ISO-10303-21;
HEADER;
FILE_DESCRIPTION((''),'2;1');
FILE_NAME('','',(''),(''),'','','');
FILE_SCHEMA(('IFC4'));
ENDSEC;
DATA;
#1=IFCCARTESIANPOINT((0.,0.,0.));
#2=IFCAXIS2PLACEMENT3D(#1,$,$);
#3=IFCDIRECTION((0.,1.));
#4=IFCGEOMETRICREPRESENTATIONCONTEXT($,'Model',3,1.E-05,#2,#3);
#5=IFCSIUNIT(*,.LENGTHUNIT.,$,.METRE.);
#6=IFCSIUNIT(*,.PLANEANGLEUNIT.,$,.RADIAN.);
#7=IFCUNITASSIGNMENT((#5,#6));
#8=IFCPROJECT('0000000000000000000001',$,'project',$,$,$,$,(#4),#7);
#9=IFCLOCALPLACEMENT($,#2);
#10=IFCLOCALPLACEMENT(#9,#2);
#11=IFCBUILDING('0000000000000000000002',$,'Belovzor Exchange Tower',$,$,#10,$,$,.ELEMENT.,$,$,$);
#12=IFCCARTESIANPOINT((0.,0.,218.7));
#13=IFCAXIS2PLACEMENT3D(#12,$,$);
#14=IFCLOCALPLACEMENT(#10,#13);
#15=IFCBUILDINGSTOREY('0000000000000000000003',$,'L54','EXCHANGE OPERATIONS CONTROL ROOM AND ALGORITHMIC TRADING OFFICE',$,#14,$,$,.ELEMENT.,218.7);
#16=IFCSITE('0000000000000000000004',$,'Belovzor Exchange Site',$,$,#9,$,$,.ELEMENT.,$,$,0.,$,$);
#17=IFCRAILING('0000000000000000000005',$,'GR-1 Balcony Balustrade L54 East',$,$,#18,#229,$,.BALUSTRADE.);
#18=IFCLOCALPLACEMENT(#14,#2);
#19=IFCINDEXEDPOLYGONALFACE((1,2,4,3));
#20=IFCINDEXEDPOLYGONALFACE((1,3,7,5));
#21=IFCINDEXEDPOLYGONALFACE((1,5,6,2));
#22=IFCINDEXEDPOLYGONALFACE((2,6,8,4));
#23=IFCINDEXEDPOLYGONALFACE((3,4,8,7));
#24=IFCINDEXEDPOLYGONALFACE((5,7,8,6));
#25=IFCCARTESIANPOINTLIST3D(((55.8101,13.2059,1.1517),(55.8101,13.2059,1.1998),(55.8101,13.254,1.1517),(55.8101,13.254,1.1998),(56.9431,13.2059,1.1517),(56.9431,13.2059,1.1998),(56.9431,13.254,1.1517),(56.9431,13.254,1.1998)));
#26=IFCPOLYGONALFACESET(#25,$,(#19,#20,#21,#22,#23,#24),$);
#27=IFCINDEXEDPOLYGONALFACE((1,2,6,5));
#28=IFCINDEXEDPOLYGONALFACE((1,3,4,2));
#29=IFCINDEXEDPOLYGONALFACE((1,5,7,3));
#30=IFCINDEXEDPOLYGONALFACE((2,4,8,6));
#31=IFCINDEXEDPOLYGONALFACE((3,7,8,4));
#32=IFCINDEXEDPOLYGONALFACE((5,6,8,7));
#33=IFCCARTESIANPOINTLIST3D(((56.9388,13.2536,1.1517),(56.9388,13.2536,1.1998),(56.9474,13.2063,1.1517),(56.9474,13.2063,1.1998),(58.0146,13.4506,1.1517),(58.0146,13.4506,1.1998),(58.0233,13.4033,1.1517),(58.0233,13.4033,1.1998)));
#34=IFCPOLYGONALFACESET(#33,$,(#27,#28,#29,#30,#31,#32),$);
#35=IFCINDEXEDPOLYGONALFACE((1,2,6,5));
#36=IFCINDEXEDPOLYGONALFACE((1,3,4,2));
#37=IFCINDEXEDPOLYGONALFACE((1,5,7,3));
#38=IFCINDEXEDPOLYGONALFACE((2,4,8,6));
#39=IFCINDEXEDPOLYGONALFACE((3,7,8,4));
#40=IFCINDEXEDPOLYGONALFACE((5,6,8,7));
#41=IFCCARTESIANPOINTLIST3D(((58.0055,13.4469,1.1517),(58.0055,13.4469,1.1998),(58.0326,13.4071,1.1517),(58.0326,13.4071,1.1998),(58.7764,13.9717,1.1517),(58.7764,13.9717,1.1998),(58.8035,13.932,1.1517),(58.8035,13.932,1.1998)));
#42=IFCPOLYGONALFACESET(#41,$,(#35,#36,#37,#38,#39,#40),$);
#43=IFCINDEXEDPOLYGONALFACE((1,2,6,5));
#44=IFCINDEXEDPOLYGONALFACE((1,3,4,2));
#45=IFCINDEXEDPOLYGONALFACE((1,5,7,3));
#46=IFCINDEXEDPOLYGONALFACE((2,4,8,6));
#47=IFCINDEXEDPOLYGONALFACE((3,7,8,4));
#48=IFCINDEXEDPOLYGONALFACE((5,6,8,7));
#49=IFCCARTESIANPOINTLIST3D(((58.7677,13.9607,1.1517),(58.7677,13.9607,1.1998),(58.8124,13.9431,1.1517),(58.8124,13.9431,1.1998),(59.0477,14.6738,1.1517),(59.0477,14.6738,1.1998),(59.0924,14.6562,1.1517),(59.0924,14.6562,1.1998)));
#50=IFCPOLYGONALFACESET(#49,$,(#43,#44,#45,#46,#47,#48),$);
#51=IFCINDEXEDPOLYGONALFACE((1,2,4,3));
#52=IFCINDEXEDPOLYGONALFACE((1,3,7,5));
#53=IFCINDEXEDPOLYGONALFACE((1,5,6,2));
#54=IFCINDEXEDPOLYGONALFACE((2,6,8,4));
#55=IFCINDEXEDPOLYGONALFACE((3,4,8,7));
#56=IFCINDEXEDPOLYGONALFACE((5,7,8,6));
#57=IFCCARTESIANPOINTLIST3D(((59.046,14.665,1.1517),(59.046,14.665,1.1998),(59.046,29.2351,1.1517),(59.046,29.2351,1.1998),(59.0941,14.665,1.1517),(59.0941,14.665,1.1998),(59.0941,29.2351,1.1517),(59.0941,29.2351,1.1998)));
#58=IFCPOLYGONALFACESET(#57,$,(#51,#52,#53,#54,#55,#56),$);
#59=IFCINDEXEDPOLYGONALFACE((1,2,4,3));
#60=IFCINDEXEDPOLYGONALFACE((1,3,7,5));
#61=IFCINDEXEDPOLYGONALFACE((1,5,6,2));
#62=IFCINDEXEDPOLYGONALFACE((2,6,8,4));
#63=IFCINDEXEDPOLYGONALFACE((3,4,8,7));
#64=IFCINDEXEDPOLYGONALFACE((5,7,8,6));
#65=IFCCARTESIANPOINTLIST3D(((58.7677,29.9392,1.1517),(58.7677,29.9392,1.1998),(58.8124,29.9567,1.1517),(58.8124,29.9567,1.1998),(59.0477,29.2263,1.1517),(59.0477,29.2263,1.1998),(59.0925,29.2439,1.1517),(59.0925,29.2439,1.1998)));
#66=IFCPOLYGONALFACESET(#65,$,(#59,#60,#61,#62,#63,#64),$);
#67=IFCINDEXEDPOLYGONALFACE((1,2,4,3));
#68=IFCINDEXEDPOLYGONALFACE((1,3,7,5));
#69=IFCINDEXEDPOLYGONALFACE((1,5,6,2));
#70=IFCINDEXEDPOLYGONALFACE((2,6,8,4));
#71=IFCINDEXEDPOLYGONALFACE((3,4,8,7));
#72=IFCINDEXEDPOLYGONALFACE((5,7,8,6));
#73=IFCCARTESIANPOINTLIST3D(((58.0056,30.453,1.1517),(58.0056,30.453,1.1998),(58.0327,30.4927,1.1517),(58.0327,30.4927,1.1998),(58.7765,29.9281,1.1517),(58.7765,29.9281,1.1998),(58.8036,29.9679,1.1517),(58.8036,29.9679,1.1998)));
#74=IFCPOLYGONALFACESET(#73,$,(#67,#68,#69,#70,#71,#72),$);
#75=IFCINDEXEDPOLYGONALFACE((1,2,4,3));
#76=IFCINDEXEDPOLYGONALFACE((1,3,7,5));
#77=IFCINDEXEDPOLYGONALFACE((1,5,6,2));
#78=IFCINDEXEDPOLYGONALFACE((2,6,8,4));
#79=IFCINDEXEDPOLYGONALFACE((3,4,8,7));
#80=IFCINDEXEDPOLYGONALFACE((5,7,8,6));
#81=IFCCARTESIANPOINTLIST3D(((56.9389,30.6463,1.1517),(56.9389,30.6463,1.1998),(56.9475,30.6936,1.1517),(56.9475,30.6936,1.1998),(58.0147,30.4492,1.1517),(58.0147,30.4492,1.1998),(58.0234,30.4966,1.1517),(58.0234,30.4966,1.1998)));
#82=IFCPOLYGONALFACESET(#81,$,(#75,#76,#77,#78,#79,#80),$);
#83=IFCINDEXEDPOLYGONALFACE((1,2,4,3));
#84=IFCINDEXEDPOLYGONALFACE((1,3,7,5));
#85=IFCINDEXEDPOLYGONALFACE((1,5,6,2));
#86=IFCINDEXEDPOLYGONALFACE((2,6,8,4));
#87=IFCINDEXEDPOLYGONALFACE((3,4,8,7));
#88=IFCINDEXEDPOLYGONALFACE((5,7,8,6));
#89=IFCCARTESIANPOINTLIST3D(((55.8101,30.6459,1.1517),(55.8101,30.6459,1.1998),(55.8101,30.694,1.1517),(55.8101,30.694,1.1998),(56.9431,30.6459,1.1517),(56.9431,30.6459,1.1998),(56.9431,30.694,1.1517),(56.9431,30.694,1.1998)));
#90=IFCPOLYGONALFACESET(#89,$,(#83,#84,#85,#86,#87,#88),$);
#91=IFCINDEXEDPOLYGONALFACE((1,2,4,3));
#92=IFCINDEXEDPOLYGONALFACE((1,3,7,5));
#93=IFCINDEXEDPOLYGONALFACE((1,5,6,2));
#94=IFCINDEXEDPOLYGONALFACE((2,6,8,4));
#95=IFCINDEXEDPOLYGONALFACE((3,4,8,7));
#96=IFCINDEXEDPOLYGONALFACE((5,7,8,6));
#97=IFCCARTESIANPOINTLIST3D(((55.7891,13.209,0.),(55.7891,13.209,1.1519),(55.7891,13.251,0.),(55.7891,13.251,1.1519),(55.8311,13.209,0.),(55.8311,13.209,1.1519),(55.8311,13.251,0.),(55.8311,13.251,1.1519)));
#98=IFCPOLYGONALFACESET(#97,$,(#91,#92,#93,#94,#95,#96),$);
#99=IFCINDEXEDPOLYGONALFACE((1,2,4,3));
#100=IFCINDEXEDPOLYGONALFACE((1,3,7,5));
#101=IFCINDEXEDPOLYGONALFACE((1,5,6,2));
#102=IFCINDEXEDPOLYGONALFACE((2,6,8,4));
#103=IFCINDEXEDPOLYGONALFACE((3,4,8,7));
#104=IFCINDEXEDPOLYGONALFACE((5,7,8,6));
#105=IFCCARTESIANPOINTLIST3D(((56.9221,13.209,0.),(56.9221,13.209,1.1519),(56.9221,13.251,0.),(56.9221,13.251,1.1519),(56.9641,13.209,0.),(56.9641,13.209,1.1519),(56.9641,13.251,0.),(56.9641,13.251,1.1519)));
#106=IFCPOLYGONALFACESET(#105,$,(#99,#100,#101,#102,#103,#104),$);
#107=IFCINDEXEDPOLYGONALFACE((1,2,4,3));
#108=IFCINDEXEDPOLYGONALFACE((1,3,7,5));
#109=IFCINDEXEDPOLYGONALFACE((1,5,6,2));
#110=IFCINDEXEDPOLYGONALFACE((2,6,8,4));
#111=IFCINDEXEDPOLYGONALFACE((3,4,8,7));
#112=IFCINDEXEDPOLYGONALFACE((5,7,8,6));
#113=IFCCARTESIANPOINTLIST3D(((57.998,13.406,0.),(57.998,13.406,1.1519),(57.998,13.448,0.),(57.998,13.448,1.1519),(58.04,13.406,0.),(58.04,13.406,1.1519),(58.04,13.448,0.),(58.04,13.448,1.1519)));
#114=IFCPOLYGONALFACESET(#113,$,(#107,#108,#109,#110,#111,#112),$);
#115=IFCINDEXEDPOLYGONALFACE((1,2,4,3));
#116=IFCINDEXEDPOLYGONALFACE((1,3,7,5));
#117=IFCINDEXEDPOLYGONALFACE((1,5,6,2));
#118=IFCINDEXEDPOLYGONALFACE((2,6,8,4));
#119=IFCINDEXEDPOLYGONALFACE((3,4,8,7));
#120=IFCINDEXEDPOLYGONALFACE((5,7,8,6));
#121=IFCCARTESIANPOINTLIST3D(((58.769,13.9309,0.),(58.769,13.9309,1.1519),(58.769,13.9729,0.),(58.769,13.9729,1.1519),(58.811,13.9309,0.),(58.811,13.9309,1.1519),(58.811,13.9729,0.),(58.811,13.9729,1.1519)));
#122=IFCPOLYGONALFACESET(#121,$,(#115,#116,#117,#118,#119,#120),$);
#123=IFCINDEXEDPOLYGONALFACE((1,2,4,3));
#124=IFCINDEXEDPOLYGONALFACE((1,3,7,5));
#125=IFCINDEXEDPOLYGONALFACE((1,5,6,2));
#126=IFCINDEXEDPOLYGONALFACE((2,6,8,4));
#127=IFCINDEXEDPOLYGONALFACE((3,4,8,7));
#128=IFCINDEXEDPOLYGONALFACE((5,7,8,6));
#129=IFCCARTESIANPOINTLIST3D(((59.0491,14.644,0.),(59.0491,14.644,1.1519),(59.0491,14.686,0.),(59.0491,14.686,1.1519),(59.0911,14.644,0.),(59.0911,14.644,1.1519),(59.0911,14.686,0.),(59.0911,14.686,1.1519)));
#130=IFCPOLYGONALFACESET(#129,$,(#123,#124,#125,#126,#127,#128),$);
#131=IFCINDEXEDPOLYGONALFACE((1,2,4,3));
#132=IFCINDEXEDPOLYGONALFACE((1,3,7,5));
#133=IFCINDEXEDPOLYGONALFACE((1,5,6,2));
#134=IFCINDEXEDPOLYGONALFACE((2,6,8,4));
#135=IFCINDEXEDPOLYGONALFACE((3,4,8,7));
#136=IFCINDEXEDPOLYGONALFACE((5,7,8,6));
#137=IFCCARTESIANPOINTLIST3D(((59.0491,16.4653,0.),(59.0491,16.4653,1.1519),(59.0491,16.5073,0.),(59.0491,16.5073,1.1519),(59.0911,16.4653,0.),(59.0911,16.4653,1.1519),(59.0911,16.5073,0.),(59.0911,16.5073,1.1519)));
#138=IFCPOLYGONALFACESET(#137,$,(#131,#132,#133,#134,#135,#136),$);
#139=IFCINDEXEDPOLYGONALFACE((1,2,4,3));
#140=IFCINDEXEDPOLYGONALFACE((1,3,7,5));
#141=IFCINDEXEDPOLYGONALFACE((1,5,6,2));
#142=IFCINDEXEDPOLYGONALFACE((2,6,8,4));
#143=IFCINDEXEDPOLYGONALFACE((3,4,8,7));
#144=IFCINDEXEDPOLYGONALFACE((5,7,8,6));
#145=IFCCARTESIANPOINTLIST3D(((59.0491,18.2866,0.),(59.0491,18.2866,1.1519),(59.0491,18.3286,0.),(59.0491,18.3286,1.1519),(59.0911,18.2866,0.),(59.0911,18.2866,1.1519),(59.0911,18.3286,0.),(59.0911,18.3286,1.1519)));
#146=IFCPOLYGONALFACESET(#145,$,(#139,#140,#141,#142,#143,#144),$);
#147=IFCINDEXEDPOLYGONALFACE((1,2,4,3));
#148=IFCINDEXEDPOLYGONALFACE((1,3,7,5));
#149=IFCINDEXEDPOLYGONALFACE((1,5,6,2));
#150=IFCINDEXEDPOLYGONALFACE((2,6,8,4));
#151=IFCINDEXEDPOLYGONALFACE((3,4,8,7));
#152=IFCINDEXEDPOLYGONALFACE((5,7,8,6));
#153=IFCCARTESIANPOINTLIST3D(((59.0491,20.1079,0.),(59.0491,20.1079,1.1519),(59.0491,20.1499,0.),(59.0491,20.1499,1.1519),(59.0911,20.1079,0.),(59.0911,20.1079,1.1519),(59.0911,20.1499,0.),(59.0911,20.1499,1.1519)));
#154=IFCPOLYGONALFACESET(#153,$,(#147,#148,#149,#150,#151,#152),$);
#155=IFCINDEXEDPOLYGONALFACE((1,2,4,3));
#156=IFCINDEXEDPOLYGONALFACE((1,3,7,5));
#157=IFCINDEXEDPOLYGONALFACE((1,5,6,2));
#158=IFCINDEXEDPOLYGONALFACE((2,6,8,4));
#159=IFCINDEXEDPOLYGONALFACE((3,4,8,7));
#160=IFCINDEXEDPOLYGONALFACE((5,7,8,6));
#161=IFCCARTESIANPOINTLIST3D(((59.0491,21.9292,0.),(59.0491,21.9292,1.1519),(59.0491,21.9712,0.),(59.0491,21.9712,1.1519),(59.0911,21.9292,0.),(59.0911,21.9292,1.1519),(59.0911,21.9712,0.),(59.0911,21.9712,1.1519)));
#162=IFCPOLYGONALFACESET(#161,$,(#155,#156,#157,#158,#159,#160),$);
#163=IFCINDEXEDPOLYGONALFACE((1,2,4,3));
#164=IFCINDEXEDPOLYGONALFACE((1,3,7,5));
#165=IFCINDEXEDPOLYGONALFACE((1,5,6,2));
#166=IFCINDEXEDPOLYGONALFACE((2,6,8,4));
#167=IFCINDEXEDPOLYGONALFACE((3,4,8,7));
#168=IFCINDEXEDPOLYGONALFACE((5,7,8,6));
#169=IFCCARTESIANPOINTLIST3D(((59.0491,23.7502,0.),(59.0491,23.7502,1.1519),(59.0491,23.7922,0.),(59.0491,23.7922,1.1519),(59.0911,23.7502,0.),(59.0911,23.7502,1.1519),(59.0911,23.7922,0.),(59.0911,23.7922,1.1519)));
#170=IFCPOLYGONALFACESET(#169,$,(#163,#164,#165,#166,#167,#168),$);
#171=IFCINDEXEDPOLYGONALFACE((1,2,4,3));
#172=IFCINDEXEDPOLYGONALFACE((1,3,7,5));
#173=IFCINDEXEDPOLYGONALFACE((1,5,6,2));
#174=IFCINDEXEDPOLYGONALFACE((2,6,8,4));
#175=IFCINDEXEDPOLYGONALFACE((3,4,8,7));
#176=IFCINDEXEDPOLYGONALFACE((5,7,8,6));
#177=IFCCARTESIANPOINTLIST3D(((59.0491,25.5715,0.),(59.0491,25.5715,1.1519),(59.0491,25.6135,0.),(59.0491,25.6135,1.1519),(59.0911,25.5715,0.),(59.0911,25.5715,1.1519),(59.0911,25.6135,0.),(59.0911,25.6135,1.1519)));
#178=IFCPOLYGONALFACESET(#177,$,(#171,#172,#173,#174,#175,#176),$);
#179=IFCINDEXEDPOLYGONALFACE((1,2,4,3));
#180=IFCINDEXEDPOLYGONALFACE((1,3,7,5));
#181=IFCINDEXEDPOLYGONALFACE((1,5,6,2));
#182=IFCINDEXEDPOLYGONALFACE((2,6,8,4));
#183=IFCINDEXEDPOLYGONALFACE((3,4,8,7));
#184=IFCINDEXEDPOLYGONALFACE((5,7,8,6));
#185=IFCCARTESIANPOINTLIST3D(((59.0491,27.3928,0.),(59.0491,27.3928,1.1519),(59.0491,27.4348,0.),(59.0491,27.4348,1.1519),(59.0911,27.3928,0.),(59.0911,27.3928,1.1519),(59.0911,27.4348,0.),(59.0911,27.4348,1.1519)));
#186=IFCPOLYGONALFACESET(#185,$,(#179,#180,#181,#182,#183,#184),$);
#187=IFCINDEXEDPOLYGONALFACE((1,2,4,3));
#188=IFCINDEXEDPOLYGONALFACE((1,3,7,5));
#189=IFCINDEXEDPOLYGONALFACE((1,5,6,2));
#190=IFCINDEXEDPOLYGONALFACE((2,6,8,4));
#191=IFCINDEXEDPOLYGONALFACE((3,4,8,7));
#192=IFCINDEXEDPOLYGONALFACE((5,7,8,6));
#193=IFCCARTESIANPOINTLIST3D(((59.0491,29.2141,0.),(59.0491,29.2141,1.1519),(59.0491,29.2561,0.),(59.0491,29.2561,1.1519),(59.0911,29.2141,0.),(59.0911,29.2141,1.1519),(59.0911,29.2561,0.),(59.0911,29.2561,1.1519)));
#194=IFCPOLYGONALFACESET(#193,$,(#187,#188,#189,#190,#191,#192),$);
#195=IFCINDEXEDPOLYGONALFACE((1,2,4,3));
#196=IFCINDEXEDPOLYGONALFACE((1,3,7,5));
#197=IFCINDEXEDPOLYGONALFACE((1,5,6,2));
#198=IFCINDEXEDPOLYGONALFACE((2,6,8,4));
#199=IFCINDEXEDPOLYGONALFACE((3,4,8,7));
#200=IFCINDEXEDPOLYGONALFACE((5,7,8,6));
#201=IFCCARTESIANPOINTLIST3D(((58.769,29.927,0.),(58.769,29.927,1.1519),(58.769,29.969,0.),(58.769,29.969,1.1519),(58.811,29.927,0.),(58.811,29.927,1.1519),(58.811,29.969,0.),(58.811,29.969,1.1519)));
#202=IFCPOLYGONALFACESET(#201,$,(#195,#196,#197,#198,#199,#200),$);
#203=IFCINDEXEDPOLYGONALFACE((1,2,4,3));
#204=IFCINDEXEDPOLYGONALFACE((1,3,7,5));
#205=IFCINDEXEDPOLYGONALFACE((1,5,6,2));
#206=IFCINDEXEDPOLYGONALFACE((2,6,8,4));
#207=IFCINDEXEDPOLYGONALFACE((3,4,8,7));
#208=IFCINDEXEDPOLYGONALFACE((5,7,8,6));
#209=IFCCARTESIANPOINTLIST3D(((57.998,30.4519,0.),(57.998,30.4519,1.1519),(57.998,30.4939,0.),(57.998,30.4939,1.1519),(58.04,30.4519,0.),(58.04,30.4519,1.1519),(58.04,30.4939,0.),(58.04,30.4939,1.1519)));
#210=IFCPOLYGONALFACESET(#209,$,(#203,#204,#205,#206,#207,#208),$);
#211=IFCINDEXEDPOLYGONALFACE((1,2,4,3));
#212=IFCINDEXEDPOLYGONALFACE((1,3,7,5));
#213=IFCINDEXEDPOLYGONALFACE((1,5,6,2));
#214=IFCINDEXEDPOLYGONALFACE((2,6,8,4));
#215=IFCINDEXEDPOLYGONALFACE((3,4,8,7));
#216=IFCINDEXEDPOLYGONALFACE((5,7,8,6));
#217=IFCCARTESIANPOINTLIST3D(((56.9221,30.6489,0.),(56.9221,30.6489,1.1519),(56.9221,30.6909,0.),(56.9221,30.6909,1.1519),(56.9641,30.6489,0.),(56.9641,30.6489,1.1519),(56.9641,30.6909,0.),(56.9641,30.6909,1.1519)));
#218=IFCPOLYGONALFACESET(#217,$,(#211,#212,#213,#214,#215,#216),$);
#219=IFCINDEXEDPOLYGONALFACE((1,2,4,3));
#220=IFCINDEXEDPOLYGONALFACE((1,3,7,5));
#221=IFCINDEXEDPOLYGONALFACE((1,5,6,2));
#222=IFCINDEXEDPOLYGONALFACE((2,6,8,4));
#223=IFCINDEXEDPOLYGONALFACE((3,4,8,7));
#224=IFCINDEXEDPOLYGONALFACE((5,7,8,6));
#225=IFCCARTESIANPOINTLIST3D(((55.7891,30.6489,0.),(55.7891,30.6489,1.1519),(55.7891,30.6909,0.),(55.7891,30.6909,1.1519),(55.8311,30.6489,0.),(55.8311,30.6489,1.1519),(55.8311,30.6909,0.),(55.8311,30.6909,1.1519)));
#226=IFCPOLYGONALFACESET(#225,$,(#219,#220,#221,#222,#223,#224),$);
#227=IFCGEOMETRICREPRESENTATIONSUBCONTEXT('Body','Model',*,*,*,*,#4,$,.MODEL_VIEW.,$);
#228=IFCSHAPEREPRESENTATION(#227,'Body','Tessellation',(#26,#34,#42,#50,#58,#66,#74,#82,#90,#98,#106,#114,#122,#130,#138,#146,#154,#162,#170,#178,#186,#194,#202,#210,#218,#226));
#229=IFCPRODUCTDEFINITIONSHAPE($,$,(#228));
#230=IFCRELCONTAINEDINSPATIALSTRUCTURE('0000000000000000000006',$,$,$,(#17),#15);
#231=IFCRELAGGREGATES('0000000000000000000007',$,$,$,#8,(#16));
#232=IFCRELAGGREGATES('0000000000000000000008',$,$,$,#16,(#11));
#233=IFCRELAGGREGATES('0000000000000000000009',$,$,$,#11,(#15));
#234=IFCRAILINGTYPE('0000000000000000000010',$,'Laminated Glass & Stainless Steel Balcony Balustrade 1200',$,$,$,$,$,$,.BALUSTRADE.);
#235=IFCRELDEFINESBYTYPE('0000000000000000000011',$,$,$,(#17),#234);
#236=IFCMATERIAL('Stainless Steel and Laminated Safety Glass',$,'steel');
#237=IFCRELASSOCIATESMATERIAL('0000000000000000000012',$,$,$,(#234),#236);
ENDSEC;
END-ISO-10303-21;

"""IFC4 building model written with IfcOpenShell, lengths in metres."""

from ifc_helpers import new_model, si_unit, direction, frame, origin, origin_2d, place, context, subcontext, project, spatial, rectangle, extrude, material, type_object, element, save


model = new_model("IFC4")

# Units and contexts
model_context = context("Model", 3, precision=1e-05, world=origin(), true_north=direction((0.0, 1.0)))
body_context = subcontext(model_context, "Body", "Model", "MODEL_VIEW")
ifc_project = project(units=[si_unit("LENGTHUNIT", "METRE"), si_unit("PLANEANGLEUNIT", "RADIAN")], contexts=[model_context])

# Site, building, storey
site_placement = place(None, origin())
site = spatial("IfcSite", under=ifc_project, at=site_placement, Name="Belovzor Exchange Site", CompositionType="ELEMENT", RefElevation=0.0)
building_placement = place(site_placement, origin())
building = spatial("IfcBuilding", under=site, at=building_placement, Name="Belovzor Exchange Tower", CompositionType="ELEMENT")
storey_placement = place(building_placement, frame((0.0, 0.0, 218.7)))
storey = spatial("IfcBuildingStorey", under=building, at=storey_placement, Name="L54", Description="EXCHANGE OPERATIONS CONTROL ROOM AND ALGORITHMIC TRADING OFFICE", CompositionType="ELEMENT", Elevation=218.7)

# Railing
ifc_material_1 = material(Name="Stainless Steel and Laminated Safety Glass", Category="steel")
railing_type = type_object("IfcRailingType", Name="Laminated Glass & Stainless Steel Balcony Balustrade 1200", PredefinedType="BALUSTRADE", material=ifc_material_1)
railing_placement = place(storey_placement, frame((55.8101, 13.23, 0.0)))
element("IfcRailing", 1, at=railing_placement, inside=storey, type_object=railing_type, Name="GR-1 Balcony Balustrade L54 East", PredefinedType="BALUSTRADE", context=body_context, shape_type="SweptSolid", body=[
    extrude(rectangle(XDim=0.0481, YDim=0.0481, at=origin_2d()), frame((0.0, 0.0, 1.1758), z_axis=(1.0, 0.0, 0.0), x_axis=(0.0, 1.0, 0.0)), (0.0, 0.0, 1.0), 1.1331),
    extrude(rectangle(XDim=0.0481, YDim=0.0481, at=origin_2d()), frame((1.1331, 0.0, 1.1758), z_axis=(0.983644, 0.180123, 0.0), x_axis=(-0.180123, 0.983644, 0.0)), (0.0, 0.0, 1.0), 1.0938),
    extrude(rectangle(XDim=0.0481, YDim=0.0481, at=origin_2d()), frame((2.209, 0.197, 1.1758), z_axis=(0.826615, 0.562768, 0.0), x_axis=(-0.562768, 0.826615, 0.0)), (0.0, 0.0, 1.0), 0.9326),
    extrude(rectangle(XDim=0.0481, YDim=0.0481, at=origin_2d()), frame((2.98, 0.7219, 1.1758), z_axis=(0.365504, 0.93081, 0.0), x_axis=(-0.93081, 0.365504, 0.0)), (0.0, 0.0, 1.0), 0.7661),
    extrude(rectangle(XDim=0.0481, YDim=0.0481, at=origin_2d()), frame((3.26, 1.4351, 1.1758), z_axis=(0.0, 1.0, 0.0), x_axis=(-1.0, 0.0, 0.0)), (0.0, 0.0, 1.0), 14.5701),
    extrude(rectangle(XDim=0.0481, YDim=0.0481, at=origin_2d()), frame((3.26, 16.0051, 1.1758), z_axis=(-0.365613, 0.930767, 0.0), x_axis=(-0.930767, -0.365613, 0.0)), (0.0, 0.0, 1.0), 0.7659),
    extrude(rectangle(XDim=0.0481, YDim=0.0481, at=origin_2d()), frame((2.98, 16.718, 1.1758), z_axis=(-0.826615, 0.562768, 0.0), x_axis=(-0.562768, -0.826615, 0.0)), (0.0, 0.0, 1.0), 0.9326),
    extrude(rectangle(XDim=0.0481, YDim=0.0481, at=origin_2d()), frame((2.209, 17.2429, 1.1758), z_axis=(-0.983644, 0.180123, 0.0), x_axis=(-0.180123, -0.983644, 0.0)), (0.0, 0.0, 1.0), 1.0938),
    extrude(rectangle(XDim=0.0481, YDim=0.0481, at=origin_2d()), frame((1.1331, 17.4399, 1.1758), z_axis=(-1.0, 0.0, 0.0), x_axis=(0.0, -1.0, 0.0)), (0.0, 0.0, 1.0), 1.1331),
    extrude(rectangle(XDim=0.042, YDim=0.042, at=origin_2d()), origin(), (0.0, 0.0, 1.0), 1.1519),
    extrude(rectangle(XDim=0.042, YDim=0.042, at=origin_2d()), frame((1.1331, 0.0, 0.0)), (0.0, 0.0, 1.0), 1.1519),
    extrude(rectangle(XDim=0.042, YDim=0.042, at=origin_2d()), frame((2.209, 0.197, 0.0)), (0.0, 0.0, 1.0), 1.1519),
    extrude(rectangle(XDim=0.042, YDim=0.042, at=origin_2d()), frame((2.98, 0.7219, 0.0)), (0.0, 0.0, 1.0), 1.1519),
    extrude(rectangle(XDim=0.042, YDim=0.042, at=origin_2d()), frame((3.26, 1.4351, 0.0)), (0.0, 0.0, 1.0), 1.1519),
    extrude(rectangle(XDim=0.042, YDim=0.042, at=origin_2d()), frame((3.26, 3.2563, 0.0)), (0.0, 0.0, 1.0), 1.1519),
    extrude(rectangle(XDim=0.042, YDim=0.042, at=origin_2d()), frame((3.26, 5.0776, 0.0)), (0.0, 0.0, 1.0), 1.1519),
    extrude(rectangle(XDim=0.042, YDim=0.042, at=origin_2d()), frame((3.26, 6.8989, 0.0)), (0.0, 0.0, 1.0), 1.1519),
    extrude(rectangle(XDim=0.042, YDim=0.042, at=origin_2d()), frame((3.26, 8.7202, 0.0)), (0.0, 0.0, 1.0), 1.1519),
    extrude(rectangle(XDim=0.042, YDim=0.042, at=origin_2d()), frame((3.26, 10.5413, 0.0)), (0.0, 0.0, 1.0), 1.1519),
    extrude(rectangle(XDim=0.042, YDim=0.042, at=origin_2d()), frame((3.26, 12.3625, 0.0)), (0.0, 0.0, 1.0), 1.1519),
    extrude(rectangle(XDim=0.042, YDim=0.042, at=origin_2d()), frame((3.26, 14.1838, 0.0)), (0.0, 0.0, 1.0), 1.1519),
    extrude(rectangle(XDim=0.042, YDim=0.042, at=origin_2d()), frame((3.26, 16.0051, 0.0)), (0.0, 0.0, 1.0), 1.1519),
    extrude(rectangle(XDim=0.042, YDim=0.042, at=origin_2d()), frame((2.98, 16.718, 0.0)), (0.0, 0.0, 1.0), 1.1519),
    extrude(rectangle(XDim=0.042, YDim=0.042, at=origin_2d()), frame((2.209, 17.2429, 0.0)), (0.0, 0.0, 1.0), 1.1519),
    extrude(rectangle(XDim=0.042, YDim=0.042, at=origin_2d()), frame((1.1331, 17.4399, 0.0)), (0.0, 0.0, 1.0), 1.1519),
    extrude(rectangle(XDim=0.042, YDim=0.042, at=origin_2d()), frame((0.0, 17.4399, 0.0)), (0.0, 0.0, 1.0), 1.1519),
])

save(model, "model.ifc")
